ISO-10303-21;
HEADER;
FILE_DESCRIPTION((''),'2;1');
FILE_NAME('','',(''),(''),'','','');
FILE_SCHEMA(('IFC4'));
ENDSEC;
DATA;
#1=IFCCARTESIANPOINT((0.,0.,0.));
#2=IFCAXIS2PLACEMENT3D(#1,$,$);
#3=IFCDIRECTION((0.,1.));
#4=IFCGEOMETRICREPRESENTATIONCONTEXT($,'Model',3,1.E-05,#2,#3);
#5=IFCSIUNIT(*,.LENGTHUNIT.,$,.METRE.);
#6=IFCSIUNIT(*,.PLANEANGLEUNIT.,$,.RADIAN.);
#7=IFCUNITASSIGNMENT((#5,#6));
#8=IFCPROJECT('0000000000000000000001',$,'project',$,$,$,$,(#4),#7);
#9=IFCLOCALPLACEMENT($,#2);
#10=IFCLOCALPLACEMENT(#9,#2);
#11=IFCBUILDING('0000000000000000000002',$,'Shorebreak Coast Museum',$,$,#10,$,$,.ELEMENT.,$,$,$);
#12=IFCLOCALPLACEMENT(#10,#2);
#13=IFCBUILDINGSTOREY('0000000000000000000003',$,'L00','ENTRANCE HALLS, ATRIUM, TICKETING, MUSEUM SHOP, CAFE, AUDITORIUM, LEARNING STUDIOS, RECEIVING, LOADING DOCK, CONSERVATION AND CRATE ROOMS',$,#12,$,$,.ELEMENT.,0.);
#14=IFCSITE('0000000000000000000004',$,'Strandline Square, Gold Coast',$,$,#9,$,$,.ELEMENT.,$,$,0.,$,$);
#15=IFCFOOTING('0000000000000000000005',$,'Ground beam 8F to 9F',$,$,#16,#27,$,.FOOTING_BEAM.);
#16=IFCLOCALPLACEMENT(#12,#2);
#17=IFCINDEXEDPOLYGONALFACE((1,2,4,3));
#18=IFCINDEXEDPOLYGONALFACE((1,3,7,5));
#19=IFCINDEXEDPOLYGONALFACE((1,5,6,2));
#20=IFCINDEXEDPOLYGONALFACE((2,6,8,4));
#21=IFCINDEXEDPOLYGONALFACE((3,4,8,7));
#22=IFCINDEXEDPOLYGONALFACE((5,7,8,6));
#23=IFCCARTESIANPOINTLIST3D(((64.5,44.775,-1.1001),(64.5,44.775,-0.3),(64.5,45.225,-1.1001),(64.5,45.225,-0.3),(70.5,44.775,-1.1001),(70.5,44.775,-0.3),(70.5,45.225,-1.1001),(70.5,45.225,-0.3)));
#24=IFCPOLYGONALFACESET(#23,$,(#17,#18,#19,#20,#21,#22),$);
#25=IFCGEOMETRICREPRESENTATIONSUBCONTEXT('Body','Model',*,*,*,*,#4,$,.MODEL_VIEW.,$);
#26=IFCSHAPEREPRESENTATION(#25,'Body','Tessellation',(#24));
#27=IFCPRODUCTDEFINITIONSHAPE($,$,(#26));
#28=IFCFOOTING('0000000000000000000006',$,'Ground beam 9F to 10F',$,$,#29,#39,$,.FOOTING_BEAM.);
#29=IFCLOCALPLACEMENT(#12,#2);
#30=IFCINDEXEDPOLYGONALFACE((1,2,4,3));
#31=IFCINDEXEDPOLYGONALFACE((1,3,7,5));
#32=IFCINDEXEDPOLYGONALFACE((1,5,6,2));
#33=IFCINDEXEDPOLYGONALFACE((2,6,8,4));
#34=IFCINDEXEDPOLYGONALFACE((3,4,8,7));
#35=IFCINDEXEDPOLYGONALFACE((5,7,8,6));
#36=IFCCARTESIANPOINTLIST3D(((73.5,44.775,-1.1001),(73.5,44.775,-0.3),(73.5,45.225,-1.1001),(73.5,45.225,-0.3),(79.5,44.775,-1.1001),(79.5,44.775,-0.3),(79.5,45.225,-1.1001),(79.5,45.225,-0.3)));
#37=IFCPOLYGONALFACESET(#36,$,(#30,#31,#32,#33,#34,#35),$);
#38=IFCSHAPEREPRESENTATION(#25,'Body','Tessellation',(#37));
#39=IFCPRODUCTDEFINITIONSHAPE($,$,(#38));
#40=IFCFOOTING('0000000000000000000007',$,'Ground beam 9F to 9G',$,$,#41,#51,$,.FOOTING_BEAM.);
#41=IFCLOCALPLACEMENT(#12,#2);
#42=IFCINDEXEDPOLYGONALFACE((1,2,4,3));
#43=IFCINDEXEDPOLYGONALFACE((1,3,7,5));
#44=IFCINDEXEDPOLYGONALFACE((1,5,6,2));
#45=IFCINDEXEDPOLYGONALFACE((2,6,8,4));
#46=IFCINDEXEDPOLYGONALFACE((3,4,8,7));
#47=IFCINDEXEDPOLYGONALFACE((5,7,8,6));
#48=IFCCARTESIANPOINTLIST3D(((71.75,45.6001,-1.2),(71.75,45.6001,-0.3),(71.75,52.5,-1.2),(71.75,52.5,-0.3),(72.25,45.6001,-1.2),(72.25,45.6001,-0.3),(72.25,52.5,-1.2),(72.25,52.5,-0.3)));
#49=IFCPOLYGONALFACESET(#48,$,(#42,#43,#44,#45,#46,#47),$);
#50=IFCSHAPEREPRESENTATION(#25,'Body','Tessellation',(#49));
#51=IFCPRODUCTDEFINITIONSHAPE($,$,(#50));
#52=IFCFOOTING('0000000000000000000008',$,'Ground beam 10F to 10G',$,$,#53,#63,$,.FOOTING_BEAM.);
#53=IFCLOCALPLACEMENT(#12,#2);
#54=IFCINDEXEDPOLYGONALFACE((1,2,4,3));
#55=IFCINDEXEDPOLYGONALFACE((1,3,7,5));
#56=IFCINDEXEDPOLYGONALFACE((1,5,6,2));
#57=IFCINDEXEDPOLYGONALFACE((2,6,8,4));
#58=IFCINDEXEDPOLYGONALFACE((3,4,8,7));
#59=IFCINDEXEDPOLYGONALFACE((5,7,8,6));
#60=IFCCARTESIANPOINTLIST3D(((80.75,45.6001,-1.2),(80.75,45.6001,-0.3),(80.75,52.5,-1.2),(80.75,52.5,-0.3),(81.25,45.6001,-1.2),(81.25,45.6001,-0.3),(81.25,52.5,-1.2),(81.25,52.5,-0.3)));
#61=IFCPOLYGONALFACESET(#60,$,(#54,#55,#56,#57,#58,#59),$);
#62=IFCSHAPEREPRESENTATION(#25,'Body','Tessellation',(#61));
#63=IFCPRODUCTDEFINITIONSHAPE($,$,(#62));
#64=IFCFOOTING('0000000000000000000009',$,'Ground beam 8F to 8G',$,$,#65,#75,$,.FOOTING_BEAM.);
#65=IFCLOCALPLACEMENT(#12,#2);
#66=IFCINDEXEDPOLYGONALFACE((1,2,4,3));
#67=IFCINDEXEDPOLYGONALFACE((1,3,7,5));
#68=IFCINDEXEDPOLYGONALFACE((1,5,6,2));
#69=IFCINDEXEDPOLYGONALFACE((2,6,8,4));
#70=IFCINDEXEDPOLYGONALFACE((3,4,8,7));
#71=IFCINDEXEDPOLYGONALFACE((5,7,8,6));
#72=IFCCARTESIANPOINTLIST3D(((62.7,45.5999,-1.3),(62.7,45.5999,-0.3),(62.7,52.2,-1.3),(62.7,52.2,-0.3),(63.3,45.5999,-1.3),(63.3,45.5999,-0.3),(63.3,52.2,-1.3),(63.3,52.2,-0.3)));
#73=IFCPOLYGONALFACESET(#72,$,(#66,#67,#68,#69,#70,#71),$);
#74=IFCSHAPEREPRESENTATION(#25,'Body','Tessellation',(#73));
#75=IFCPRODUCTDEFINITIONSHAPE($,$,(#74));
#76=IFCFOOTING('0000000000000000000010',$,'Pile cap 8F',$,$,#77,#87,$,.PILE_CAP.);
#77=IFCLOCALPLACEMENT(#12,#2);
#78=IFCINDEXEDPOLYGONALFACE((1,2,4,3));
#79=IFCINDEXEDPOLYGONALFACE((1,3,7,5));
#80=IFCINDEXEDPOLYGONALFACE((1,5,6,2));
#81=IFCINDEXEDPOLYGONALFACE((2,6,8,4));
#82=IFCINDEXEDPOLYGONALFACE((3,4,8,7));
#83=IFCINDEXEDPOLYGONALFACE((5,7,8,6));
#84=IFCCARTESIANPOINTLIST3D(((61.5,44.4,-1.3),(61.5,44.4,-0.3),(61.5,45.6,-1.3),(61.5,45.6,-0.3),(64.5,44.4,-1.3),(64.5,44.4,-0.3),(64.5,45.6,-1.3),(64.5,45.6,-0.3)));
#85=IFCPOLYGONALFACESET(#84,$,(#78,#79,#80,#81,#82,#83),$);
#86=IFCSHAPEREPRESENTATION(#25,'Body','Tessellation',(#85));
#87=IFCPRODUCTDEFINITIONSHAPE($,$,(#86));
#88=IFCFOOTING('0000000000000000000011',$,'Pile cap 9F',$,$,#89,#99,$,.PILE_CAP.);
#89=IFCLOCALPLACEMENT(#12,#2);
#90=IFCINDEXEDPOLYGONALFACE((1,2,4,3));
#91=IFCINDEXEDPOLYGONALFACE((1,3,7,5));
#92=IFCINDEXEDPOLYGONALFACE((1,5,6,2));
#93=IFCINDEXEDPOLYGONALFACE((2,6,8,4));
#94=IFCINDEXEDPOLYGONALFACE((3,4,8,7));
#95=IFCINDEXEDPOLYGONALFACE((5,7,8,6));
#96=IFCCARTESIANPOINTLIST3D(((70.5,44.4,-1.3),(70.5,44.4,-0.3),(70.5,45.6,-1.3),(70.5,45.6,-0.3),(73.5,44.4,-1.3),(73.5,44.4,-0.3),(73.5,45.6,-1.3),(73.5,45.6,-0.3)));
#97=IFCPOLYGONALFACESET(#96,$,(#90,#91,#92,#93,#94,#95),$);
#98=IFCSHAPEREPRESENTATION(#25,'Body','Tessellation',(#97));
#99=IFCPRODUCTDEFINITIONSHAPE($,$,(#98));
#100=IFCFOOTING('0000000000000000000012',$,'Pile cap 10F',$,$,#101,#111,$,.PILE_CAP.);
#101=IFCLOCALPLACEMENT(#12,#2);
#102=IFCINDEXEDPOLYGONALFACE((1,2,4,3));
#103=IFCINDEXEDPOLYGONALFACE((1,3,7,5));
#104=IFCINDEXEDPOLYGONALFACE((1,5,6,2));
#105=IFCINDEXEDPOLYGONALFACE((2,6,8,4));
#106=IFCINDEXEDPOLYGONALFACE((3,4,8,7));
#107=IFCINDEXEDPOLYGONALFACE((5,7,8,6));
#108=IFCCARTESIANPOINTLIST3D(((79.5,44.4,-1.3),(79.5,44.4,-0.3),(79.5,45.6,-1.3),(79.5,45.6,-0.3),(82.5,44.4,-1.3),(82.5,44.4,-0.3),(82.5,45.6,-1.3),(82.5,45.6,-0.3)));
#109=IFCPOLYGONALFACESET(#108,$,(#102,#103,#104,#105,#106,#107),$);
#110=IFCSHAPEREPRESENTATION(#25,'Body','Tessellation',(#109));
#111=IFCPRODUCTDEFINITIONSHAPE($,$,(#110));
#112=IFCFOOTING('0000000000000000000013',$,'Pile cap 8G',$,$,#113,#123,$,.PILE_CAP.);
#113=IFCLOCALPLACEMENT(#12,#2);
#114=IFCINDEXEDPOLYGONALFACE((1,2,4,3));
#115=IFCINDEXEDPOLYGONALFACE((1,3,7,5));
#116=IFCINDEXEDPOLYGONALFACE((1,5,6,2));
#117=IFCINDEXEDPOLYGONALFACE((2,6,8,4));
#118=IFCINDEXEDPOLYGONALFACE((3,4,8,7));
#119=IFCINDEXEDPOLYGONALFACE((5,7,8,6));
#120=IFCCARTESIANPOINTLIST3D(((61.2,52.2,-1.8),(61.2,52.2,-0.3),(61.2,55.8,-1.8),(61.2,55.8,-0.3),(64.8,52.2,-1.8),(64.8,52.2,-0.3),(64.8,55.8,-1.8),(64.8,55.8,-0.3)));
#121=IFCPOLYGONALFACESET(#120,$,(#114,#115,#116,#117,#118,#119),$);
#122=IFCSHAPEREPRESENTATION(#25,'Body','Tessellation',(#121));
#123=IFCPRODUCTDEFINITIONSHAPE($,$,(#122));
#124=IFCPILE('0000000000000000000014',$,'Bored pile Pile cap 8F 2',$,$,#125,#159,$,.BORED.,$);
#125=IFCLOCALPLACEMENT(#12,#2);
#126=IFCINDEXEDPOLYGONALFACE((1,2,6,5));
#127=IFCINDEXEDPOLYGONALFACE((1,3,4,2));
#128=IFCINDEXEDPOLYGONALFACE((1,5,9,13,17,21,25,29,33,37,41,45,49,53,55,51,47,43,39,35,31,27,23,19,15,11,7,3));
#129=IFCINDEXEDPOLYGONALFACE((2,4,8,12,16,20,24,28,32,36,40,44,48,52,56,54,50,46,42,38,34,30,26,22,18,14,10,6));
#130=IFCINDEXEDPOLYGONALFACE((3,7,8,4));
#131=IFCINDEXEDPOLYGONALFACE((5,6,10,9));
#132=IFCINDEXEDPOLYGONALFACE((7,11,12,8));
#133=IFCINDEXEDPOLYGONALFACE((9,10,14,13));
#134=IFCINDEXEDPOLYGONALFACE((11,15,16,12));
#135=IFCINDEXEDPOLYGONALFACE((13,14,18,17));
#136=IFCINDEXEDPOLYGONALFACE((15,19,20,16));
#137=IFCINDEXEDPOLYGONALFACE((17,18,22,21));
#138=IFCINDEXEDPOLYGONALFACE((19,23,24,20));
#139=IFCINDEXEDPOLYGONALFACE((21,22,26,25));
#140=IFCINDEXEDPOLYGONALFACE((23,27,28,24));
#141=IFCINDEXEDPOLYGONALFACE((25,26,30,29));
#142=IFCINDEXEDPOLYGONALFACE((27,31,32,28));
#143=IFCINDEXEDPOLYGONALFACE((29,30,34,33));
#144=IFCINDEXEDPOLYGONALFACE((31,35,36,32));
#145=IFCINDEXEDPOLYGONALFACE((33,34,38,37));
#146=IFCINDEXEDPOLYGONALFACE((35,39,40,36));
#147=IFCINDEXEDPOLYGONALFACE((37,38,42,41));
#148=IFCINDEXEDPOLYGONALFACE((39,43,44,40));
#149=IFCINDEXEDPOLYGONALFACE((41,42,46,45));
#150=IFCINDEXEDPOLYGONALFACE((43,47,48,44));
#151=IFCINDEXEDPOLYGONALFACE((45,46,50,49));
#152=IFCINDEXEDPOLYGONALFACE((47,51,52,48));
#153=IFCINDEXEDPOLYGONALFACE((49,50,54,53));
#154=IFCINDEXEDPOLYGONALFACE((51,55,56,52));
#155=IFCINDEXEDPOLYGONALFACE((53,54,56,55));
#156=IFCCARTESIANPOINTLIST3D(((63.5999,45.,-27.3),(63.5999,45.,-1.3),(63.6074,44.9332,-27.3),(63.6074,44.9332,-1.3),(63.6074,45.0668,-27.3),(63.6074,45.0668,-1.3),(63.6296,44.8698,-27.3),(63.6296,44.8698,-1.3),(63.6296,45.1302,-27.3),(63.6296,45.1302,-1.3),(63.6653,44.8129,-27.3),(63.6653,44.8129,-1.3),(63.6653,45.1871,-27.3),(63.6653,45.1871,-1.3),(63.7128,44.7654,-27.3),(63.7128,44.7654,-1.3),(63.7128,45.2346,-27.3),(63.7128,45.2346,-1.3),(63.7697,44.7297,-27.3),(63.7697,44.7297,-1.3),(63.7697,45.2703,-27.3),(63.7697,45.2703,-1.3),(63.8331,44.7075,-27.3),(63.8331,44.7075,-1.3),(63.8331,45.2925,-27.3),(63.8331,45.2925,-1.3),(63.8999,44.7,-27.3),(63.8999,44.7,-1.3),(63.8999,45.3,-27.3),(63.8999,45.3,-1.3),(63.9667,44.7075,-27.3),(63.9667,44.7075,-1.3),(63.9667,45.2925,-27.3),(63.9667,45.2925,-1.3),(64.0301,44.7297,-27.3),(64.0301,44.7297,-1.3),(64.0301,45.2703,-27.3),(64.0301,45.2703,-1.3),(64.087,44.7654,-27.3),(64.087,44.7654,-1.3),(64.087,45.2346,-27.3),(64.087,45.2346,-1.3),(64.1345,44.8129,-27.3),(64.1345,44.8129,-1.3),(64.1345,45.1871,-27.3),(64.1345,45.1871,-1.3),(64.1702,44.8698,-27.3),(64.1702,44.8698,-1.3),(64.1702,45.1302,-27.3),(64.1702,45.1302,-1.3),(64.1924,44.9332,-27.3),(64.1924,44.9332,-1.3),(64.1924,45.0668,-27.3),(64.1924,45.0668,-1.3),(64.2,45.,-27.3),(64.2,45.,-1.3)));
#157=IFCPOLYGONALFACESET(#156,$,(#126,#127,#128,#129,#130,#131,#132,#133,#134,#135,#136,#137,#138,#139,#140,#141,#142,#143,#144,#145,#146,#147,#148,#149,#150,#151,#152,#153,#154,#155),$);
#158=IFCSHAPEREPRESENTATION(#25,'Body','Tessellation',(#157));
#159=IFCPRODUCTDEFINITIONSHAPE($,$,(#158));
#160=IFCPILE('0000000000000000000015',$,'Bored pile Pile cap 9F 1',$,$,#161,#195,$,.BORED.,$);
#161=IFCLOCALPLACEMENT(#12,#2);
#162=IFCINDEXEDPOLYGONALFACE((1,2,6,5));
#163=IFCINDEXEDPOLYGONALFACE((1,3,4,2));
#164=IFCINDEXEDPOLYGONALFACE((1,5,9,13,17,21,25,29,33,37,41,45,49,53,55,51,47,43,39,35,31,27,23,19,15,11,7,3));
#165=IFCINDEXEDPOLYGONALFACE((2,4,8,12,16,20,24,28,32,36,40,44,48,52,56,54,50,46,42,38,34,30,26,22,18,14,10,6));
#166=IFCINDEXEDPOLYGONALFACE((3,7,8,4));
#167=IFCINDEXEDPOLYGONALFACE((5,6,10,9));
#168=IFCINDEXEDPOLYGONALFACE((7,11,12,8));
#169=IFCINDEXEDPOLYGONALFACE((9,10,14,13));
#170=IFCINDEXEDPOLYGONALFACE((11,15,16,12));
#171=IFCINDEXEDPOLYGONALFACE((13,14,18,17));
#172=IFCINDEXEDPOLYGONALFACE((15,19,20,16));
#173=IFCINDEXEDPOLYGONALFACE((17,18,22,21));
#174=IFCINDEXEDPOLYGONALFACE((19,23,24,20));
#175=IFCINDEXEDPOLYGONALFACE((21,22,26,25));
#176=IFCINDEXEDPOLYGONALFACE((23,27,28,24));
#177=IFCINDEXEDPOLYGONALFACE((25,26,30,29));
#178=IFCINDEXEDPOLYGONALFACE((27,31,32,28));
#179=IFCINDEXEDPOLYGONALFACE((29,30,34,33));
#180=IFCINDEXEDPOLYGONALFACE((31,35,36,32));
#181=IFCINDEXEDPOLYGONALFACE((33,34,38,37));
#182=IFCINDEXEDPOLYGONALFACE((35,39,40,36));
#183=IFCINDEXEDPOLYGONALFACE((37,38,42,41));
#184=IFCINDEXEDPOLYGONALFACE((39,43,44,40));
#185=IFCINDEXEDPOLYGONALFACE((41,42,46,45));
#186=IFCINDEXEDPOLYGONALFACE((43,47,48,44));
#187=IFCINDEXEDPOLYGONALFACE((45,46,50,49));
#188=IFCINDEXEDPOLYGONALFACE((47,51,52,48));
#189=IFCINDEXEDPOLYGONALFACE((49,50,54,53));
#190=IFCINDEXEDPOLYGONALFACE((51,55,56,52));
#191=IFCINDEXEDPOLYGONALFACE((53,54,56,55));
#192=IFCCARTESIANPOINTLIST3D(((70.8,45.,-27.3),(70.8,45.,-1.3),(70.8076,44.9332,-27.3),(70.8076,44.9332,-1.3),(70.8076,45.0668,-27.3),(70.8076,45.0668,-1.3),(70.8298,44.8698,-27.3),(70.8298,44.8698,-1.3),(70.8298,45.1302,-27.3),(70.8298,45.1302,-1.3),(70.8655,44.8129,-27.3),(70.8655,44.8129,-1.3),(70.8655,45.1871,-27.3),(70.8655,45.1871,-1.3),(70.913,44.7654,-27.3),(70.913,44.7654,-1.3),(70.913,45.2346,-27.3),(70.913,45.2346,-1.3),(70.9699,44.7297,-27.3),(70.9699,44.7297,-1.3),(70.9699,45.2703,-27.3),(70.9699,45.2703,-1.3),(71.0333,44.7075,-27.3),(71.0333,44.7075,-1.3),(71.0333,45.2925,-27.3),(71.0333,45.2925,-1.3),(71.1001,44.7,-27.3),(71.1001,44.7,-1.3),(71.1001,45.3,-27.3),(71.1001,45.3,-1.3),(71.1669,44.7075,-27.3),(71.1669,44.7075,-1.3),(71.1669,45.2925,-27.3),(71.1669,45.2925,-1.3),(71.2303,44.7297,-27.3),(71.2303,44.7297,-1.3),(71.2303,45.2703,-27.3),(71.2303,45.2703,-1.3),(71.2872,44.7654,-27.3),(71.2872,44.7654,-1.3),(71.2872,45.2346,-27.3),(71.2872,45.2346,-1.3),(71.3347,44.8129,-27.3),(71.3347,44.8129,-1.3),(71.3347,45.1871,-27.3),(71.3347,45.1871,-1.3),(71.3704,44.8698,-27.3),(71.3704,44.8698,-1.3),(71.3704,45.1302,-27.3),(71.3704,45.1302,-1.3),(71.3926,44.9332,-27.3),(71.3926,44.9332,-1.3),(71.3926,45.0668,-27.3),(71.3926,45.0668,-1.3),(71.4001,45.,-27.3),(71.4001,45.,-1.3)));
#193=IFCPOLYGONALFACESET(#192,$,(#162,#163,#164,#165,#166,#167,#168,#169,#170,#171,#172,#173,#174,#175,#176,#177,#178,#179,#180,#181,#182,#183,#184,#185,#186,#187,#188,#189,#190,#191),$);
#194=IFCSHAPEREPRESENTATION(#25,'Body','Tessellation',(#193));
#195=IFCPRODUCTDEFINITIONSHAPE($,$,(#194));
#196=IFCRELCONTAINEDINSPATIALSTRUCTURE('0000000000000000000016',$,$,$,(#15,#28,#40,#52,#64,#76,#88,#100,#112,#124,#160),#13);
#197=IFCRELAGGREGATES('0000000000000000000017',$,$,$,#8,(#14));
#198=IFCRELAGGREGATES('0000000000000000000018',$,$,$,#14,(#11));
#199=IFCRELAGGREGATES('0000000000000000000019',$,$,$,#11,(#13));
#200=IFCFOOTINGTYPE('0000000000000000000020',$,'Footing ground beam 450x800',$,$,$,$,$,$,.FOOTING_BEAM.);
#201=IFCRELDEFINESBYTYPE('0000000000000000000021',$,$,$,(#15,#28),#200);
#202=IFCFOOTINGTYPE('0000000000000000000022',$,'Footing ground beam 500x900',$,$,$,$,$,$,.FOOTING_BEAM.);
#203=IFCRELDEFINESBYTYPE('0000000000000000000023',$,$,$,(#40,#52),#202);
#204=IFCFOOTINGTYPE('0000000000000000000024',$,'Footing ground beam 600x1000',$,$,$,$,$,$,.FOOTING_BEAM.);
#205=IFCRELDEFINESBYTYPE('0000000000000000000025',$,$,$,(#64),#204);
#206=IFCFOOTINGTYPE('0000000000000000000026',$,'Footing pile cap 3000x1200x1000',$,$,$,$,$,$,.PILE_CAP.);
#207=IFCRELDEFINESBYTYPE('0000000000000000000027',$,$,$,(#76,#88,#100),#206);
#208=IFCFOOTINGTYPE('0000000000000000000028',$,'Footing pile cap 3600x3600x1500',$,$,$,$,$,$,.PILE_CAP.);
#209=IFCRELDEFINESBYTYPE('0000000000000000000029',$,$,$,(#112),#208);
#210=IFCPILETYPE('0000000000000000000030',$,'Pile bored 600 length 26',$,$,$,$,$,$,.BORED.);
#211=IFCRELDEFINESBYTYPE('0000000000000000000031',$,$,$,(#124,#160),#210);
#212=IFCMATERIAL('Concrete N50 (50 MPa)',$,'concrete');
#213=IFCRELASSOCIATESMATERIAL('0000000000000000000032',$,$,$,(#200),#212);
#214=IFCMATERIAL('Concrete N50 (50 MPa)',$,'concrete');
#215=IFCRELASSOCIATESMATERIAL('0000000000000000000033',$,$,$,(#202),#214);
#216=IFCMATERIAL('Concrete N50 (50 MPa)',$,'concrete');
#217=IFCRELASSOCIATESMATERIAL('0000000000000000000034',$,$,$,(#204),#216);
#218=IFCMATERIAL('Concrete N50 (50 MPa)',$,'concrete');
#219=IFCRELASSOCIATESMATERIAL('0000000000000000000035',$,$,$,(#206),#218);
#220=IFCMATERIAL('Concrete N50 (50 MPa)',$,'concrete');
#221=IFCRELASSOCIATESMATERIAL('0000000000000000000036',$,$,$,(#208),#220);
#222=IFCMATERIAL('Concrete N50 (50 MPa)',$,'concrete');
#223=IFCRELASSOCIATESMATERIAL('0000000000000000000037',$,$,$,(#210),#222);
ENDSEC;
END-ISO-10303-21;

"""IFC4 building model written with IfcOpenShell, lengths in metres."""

from ifc_helpers import new_model, si_unit, direction, frame, origin, origin_2d, place, context, subcontext, project, spatial, rectangle, circle, extrude, material, material_profile, profile_set, type_object, element, save


model = new_model("IFC4")

# Units and contexts
model_context = context("Model", 3, precision=1e-05, world=origin(), true_north=direction((0.0, 1.0)))
body_context = subcontext(model_context, "Body", "Model", "MODEL_VIEW")
ifc_project = project(units=[si_unit("LENGTHUNIT", "METRE"), si_unit("PLANEANGLEUNIT", "RADIAN")], contexts=[model_context])

# Site, building, storey
site_placement = place(None, origin())
site = spatial("IfcSite", under=ifc_project, at=site_placement, Name="Strandline Square, Gold Coast", CompositionType="ELEMENT", RefElevation=0.0)
building_placement = place(site_placement, origin())
building = spatial("IfcBuilding", under=site, at=building_placement, Name="Shorebreak Coast Museum", CompositionType="ELEMENT")
storey_placement = place(building_placement, origin())
storey = spatial("IfcBuildingStorey", under=building, at=storey_placement, Name="L00", Description="ENTRANCE HALLS, ATRIUM, TICKETING, MUSEUM SHOP, CAFE, AUDITORIUM, LEARNING STUDIOS, RECEIVING, LOADING DOCK, CONSERVATION AND CRATE ROOMS", CompositionType="ELEMENT", Elevation=0.0)

# Footings
ifc_material_1 = material(Name="Concrete N50 (50 MPa)", Category="concrete")
footing_type_1 = type_object("IfcFootingType", Name="Footing ground beam 450x800", PredefinedType="FOOTING_BEAM", material=ifc_material_1)
for number, where, z_axis, x_axis, name in (
    (1, (67.5, 45.0, -1.1001), (0.0, 0.0, 1.0), (1.0, 0.0, 0.0), "Ground beam 8F to 9F"),
    (2, (76.5, 45.0, -1.1001), (0.0, 0.0, 1.0), (1.0, 0.0, 0.0), "Ground beam 9F to 10F"),
):
    element("IfcFooting", number, at=place(storey_placement, frame(where, z_axis=z_axis, x_axis=x_axis)), inside=storey, type_object=footing_type_1, Name=name, PredefinedType="FOOTING_BEAM", context=body_context, shape_type="SweptSolid", body=[
        extrude(rectangle(XDim=6.0, YDim=0.45, at=origin_2d()), origin(), (0.0, 0.0, 1.0), 0.8),
    ])
ifc_material_2 = material(Name="Concrete N50 (50 MPa)", Category="concrete")
footing_type_2 = type_object("IfcFootingType", Name="Footing ground beam 500x900", PredefinedType="FOOTING_BEAM", material=ifc_material_2)
for number, where, z_axis, x_axis, name in (
    (3, (72.0, 49.05, -1.2), (0.0, 0.0, 1.0), (1.0, 0.0, 0.0), "Ground beam 9F to 9G"),
    (4, (81.0, 49.05, -1.2), (0.0, 0.0, 1.0), (1.0, 0.0, 0.0), "Ground beam 10F to 10G"),
):
    element("IfcFooting", number, at=place(storey_placement, frame(where, z_axis=z_axis, x_axis=x_axis)), inside=storey, type_object=footing_type_2, Name=name, PredefinedType="FOOTING_BEAM", context=body_context, shape_type="SweptSolid", body=[
        extrude(rectangle(XDim=0.5, YDim=6.8999, at=origin_2d()), origin(), (0.0, 0.0, 1.0), 0.8999),
    ])
ifc_material_3 = material(Name="Concrete N50 (50 MPa)", Category="concrete")
footing_type_3 = type_object("IfcFootingType", Name="Footing ground beam 600x1000", PredefinedType="FOOTING_BEAM", material=ifc_material_3)
footing_1_placement = place(storey_placement, frame((63.0, 48.8999, -1.3), z_axis=(0.0, 0.0, 1.0), x_axis=(1.0, 0.0, 0.0)))
element("IfcFooting", 5, at=footing_1_placement, inside=storey, type_object=footing_type_3, Name="Ground beam 8F to 8G", PredefinedType="FOOTING_BEAM", context=body_context, shape_type="SweptSolid", body=[
    extrude(rectangle(XDim=0.6001, YDim=6.6001, at=origin_2d()), origin(), (0.0, 0.0, 1.0), 1.0),
])
ifc_material_4 = material(Name="Concrete N50 (50 MPa)", Category="concrete")
footing_type_4 = type_object("IfcFootingType", Name="Footing pile cap 3000x1200x1000", PredefinedType="PILE_CAP", material=ifc_material_4)
for number, where, z_axis, x_axis, name in (
    (6, (63.0, 45.0, -1.3), (0.0, 0.0, 1.0), (1.0, 0.0, 0.0), "Pile cap 8F"),
    (7, (72.0, 45.0, -1.3), (0.0, 0.0, 1.0), (1.0, 0.0, 0.0), "Pile cap 9F"),
    (8, (81.0, 45.0, -1.3), (0.0, 0.0, 1.0), (1.0, 0.0, 0.0), "Pile cap 10F"),
):
    element("IfcFooting", number, at=place(storey_placement, frame(where, z_axis=z_axis, x_axis=x_axis)), inside=storey, type_object=footing_type_4, Name=name, PredefinedType="PILE_CAP", context=body_context, shape_type="SweptSolid", body=[
        extrude(rectangle(XDim=3.0, YDim=1.2, at=origin_2d()), origin(), (0.0, 0.0, 1.0), 1.0),
    ])
ifc_material_5 = material(Name="Concrete N50 (50 MPa)", Category="concrete")
footing_type_5 = type_object("IfcFootingType", Name="Footing pile cap 3600x3600x1500", PredefinedType="PILE_CAP", material=ifc_material_5)
footing_2_placement = place(storey_placement, frame((63.0, 54.0, -1.8), z_axis=(0.0, 0.0, 1.0), x_axis=(1.0, 0.0, 0.0)))
element("IfcFooting", 9, at=footing_2_placement, inside=storey, type_object=footing_type_5, Name="Pile cap 8G", PredefinedType="PILE_CAP", context=body_context, shape_type="SweptSolid", body=[
    extrude(rectangle(XDim=3.6001, YDim=3.6001, at=origin_2d()), origin(), (0.0, 0.0, 1.0), 1.5),
])

# Piles
ifc_material_6 = material(Name="Concrete N50 (50 MPa)", Category="concrete")
ifc_material_profile_1 = material_profile(ifc_material_6, circle(Radius=0.3, at=origin_2d()), Name="Pile bored 600 length 26")
ifc_profile_set_1 = profile_set([ifc_material_profile_1], Name="Concrete N50 (50 MPa)")
pile_type_1 = type_object("IfcPileType", Name="Pile bored 600 length 26", PredefinedType="BORED", material=ifc_profile_set_1)
for number, where, z_axis, x_axis, name in (
    (10, (63.8999, 45.0, -1.3), (0.0, 0.0, -1.0), (1.0, 0.0, 0.0), "Bored pile Pile cap 8F 2"),
    (11, (71.1001, 45.0, -1.3), (0.0, 0.0, -1.0), (1.0, 0.0, 0.0), "Bored pile Pile cap 9F 1"),
):
    element("IfcPile", number, at=place(storey_placement, frame(where, z_axis=z_axis, x_axis=x_axis)), inside=storey, type_object=pile_type_1, Name=name, PredefinedType="BORED", context=body_context, shape_type="SweptSolid", body=[
        extrude(circle(Radius=0.3, at=origin_2d()), origin(), (0.0, 0.0, 1.0), 26.0),
    ])

save(model, "model.ifc")
